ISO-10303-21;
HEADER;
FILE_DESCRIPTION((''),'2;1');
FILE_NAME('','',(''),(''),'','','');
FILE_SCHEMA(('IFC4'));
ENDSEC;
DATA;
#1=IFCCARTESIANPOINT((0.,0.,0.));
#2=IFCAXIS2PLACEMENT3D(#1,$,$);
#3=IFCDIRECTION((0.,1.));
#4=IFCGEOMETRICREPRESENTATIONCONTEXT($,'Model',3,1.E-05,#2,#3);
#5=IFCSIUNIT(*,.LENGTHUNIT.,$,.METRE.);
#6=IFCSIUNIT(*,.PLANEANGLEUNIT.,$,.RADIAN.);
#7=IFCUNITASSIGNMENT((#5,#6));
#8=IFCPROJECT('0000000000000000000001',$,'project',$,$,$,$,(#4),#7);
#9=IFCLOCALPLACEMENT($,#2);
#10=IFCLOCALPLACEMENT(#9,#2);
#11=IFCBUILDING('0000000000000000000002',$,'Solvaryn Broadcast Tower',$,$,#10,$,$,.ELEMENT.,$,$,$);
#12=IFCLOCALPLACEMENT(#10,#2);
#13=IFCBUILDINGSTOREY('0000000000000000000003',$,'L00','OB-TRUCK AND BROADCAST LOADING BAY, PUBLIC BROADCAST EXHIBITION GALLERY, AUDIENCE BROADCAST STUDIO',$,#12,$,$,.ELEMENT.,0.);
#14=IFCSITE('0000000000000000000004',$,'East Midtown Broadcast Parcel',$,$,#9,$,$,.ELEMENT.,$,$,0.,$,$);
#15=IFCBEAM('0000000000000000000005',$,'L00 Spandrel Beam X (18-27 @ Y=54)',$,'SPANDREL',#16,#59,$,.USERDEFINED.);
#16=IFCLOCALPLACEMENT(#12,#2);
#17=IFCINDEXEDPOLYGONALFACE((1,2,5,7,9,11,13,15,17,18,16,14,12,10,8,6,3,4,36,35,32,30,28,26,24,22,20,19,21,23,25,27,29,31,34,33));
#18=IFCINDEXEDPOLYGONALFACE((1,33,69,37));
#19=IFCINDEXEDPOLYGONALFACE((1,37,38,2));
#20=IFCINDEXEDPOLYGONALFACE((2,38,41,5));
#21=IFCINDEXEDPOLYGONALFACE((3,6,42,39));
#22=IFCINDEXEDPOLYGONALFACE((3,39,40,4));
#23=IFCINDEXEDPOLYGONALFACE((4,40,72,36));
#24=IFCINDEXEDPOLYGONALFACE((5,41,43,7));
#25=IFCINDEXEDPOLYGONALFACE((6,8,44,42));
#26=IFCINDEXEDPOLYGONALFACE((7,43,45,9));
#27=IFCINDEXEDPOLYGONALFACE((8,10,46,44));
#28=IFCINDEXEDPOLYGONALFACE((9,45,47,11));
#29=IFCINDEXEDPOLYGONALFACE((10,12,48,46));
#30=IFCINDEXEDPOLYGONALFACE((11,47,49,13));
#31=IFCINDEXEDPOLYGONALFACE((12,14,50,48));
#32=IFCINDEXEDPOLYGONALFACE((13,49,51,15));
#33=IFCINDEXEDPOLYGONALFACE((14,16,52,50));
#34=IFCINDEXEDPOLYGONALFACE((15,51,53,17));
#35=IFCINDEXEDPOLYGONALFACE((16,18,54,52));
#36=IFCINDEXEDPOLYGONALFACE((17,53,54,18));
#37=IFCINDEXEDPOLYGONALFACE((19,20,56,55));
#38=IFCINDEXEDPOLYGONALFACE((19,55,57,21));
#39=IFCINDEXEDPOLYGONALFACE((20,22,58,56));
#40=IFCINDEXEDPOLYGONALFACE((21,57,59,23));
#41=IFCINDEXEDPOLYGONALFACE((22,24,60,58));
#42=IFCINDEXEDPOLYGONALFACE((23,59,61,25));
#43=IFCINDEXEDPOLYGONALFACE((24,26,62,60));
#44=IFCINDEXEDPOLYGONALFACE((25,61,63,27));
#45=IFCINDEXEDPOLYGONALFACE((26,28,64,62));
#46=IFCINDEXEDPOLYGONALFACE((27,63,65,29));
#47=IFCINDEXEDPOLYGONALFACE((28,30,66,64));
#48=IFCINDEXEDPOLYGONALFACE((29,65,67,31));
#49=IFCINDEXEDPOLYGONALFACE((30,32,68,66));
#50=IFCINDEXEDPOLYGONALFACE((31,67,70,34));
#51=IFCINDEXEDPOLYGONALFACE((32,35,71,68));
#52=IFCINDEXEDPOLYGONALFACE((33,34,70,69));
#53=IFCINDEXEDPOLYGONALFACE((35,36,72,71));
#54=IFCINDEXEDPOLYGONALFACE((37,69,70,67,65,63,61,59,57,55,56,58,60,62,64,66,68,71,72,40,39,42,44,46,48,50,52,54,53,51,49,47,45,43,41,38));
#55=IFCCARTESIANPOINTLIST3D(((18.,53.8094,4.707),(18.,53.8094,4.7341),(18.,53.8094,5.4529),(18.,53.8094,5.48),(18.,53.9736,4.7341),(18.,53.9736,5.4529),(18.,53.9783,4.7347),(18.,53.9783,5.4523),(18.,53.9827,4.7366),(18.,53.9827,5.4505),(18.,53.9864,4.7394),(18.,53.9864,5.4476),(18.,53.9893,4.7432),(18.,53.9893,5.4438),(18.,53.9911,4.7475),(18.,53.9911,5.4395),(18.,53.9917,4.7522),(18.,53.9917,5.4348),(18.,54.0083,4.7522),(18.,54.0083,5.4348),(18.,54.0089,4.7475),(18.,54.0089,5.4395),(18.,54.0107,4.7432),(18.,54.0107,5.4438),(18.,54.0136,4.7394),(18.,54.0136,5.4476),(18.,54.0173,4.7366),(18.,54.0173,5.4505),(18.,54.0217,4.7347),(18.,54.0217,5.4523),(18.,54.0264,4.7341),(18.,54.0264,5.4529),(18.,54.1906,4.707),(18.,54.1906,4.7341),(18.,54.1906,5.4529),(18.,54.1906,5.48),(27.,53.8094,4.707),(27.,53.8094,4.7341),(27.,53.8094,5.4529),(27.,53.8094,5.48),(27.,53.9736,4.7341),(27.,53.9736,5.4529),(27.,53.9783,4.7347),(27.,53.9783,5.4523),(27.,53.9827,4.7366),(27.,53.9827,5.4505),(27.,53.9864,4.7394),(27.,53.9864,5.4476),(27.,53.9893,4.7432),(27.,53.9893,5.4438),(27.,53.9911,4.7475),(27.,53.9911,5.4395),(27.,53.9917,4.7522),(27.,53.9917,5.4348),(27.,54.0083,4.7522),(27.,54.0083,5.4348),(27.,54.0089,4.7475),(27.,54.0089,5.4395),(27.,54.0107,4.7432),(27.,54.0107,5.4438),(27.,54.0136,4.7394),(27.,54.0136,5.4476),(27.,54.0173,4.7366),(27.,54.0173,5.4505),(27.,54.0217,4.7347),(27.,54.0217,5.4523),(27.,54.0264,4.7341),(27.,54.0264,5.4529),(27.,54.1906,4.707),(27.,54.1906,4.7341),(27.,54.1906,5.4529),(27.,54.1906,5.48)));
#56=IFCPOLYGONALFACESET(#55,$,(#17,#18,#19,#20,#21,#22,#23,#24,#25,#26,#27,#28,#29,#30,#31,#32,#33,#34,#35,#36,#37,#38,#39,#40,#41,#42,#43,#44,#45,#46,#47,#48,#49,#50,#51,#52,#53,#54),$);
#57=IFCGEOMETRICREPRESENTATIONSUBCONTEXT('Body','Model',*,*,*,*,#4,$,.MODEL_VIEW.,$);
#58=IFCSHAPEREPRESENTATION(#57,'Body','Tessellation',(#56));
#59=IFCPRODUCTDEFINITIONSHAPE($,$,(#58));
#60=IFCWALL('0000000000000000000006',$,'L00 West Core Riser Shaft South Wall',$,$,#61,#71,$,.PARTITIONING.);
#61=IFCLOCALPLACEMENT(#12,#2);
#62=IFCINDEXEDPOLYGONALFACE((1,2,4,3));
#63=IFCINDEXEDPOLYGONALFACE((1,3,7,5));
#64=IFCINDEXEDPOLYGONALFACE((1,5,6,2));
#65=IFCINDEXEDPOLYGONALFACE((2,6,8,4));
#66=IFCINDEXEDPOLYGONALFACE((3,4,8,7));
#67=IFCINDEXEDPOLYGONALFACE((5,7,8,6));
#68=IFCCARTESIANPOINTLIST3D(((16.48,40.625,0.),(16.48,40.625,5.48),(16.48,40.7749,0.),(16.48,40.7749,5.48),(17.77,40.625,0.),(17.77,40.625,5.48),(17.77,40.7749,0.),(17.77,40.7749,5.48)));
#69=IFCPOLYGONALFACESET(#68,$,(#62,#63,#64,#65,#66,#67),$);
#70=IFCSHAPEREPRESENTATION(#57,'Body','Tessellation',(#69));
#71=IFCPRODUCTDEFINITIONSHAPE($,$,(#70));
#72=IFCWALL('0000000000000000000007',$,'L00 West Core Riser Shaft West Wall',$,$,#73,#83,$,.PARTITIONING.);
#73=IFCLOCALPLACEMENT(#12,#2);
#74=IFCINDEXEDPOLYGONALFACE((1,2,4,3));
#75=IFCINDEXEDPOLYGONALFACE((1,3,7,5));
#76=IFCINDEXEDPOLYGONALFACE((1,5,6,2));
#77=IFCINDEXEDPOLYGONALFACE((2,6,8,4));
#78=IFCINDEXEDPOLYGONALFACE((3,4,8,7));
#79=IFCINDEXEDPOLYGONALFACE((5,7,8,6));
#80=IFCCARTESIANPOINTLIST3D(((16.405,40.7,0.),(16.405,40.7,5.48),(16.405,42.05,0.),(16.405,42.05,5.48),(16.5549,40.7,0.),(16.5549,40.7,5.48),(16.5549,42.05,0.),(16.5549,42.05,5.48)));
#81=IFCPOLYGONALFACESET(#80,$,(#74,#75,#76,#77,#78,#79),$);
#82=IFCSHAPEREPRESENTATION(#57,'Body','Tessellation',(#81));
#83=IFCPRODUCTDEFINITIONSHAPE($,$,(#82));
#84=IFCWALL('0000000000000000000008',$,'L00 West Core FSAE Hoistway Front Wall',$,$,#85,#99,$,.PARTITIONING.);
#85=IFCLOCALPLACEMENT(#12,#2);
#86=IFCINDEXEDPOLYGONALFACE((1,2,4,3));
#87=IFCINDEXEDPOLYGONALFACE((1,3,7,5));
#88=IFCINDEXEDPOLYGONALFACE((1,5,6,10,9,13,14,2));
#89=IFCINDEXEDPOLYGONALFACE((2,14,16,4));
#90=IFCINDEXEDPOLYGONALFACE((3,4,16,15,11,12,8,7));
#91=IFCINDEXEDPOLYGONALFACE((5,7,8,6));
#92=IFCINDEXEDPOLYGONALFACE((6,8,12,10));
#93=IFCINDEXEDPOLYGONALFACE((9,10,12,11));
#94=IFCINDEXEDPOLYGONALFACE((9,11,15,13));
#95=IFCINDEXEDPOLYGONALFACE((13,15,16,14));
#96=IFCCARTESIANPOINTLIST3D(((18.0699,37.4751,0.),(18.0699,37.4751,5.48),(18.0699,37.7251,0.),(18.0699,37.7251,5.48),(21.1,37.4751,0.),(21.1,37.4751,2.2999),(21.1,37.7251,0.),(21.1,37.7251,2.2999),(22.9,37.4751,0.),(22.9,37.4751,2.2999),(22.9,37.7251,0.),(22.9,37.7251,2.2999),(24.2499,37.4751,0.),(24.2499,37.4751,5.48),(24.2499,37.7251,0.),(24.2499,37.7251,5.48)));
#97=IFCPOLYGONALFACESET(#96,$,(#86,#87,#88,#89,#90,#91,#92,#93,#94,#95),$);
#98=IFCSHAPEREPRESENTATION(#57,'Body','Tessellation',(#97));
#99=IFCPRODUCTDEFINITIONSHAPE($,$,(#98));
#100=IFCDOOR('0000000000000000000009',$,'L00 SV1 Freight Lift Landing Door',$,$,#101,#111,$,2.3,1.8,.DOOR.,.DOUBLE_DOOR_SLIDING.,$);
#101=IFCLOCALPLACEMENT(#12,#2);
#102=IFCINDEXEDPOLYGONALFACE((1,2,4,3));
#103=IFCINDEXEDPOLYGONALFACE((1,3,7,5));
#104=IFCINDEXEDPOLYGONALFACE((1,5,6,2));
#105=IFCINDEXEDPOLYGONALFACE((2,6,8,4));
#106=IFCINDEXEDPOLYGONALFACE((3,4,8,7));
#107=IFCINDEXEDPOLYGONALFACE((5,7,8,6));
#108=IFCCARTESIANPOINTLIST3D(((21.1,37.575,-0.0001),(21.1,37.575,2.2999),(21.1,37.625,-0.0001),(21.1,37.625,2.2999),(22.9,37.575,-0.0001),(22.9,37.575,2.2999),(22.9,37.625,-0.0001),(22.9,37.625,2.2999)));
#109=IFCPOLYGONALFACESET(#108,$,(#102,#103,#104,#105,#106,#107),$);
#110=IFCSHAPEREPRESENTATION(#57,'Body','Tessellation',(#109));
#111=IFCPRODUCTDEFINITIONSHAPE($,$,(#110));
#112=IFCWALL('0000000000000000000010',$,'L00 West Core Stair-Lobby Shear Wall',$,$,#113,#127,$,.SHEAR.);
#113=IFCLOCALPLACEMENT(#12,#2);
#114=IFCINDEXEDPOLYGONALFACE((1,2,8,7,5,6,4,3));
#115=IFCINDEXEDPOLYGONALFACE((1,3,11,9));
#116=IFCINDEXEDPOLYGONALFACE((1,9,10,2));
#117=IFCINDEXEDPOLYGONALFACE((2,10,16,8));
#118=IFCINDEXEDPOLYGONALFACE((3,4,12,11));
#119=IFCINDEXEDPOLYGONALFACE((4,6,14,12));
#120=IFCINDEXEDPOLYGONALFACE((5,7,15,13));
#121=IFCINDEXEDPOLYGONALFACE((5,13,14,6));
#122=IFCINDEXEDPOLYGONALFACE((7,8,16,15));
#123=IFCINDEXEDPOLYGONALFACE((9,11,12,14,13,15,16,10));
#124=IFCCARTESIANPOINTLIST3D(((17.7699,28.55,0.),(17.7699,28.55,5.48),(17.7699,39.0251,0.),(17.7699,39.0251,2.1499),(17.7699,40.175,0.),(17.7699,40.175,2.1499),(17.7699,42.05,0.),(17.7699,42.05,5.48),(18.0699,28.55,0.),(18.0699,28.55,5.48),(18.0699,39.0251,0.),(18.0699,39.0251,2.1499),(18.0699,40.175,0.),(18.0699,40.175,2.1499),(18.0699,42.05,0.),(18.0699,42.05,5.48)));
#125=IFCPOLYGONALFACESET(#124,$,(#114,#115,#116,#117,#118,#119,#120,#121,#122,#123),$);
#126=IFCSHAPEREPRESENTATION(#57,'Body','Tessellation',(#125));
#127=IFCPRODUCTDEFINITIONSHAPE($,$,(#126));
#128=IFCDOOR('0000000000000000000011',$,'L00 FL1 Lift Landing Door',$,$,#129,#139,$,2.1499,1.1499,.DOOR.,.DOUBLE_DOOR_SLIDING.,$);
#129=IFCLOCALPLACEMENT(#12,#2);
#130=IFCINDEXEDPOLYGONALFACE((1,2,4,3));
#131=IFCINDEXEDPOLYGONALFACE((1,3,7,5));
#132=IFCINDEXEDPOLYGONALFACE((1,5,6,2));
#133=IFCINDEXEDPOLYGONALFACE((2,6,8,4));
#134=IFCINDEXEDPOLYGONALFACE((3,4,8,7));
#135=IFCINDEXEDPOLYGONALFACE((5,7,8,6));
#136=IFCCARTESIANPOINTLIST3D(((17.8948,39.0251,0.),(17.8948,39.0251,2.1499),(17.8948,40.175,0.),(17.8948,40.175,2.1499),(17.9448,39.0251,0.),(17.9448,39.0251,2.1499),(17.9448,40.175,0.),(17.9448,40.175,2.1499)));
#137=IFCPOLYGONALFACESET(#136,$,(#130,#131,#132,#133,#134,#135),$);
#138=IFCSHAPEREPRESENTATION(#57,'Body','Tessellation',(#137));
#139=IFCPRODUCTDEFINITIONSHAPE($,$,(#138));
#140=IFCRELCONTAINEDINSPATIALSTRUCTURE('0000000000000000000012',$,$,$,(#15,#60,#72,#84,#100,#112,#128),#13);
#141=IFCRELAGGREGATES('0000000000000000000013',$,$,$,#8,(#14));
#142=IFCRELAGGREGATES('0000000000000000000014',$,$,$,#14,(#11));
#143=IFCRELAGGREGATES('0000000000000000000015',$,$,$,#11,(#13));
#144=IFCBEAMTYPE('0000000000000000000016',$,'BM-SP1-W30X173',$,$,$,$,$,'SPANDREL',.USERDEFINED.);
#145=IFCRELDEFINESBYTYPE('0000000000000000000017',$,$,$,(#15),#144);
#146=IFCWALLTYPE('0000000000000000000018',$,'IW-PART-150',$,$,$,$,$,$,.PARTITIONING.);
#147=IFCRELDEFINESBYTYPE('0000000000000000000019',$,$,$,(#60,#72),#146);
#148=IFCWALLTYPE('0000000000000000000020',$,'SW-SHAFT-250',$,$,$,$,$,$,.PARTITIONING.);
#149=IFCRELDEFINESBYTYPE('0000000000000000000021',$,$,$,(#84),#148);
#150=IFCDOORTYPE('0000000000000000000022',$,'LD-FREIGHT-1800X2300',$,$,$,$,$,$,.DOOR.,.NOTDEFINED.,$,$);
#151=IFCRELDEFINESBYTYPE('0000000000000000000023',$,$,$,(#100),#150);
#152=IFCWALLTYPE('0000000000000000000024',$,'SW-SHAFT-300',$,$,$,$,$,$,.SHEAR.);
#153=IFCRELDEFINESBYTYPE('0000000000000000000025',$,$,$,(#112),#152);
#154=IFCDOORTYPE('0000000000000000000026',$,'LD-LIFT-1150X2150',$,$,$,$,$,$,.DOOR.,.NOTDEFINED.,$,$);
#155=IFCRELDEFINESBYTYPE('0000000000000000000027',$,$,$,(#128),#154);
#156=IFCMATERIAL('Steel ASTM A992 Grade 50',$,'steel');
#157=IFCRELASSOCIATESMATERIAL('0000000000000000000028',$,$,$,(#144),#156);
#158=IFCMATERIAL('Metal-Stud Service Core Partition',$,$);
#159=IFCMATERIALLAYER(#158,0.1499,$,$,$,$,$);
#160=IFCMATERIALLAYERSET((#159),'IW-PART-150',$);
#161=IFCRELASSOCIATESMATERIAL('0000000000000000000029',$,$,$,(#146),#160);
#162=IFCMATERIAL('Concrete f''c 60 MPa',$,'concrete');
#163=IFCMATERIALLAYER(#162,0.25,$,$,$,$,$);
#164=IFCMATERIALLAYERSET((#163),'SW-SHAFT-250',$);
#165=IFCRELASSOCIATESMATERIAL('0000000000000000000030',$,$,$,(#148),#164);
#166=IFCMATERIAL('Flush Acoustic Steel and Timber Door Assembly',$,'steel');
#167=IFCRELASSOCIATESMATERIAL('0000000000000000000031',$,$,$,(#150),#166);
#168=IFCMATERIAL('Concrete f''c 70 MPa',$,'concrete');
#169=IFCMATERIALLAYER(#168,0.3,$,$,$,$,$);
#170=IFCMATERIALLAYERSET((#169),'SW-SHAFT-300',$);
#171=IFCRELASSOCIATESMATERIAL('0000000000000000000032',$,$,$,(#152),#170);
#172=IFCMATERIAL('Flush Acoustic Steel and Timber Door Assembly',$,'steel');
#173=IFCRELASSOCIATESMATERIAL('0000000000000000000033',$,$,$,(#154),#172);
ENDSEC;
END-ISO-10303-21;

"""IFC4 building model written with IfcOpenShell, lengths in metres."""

from ifc_helpers import new_model, si_unit, direction, frame, frame_2d, origin, origin_2d, place, context, subcontext, project, spatial, rectangle, i_section, extrude, material, layer, layer_set, material_profile, profile_set, type_object, element, fill, save


model = new_model("IFC4")

# Units and contexts
model_context = context("Model", 3, precision=1e-05, world=origin(), true_north=direction((0.0, 1.0)))
body_context = subcontext(model_context, "Body", "Model", "MODEL_VIEW")
ifc_project = project(units=[si_unit("LENGTHUNIT", "METRE"), si_unit("PLANEANGLEUNIT", "RADIAN")], contexts=[model_context])

# Site, building, storey
site_placement = place(None, origin())
site = spatial("IfcSite", under=ifc_project, at=site_placement, Name="East Midtown Broadcast Parcel", CompositionType="ELEMENT", RefElevation=0.0)
building_placement = place(site_placement, origin())
building = spatial("IfcBuilding", under=site, at=building_placement, Name="Solvaryn Broadcast Tower", CompositionType="ELEMENT")
storey_placement = place(building_placement, origin())
storey = spatial("IfcBuildingStorey", under=building, at=storey_placement, Name="L00", Description="OB-TRUCK AND BROADCAST LOADING BAY, PUBLIC BROADCAST EXHIBITION GALLERY, AUDIENCE BROADCAST STUDIO", CompositionType="ELEMENT", Elevation=0.0)

# Beam
ifc_material_1 = material(Name="Steel ASTM A992 Grade 50", Category="steel")
ifc_material_profile_1 = material_profile(ifc_material_1, i_section(OverallWidth=0.3811, OverallDepth=0.7729, WebThickness=0.0166, FlangeThickness=0.0271, FilletRadius=0.0181, at=origin_2d()))
ifc_profile_set_1 = profile_set([ifc_material_profile_1], Name="Steel ASTM A992 Grade 50")
beam_type_1 = type_object("IfcBeamType", Name="BM-SP1-W30X173", ElementType="SPANDREL", PredefinedType="USERDEFINED", material=ifc_profile_set_1)
beam_1_placement = place(storey_placement, frame((18.0, 54.0, 5.0935), z_axis=(1.0, 0.0, 0.0), x_axis=(0.0, 1.0, 0.0)))
element("IfcBeam", 1, at=beam_1_placement, inside=storey, type_object=beam_type_1, Name="L00 Spandrel Beam X (18-27 @ Y=54)", ObjectType="SPANDREL", PredefinedType="USERDEFINED", context=body_context, shape_type="SweptSolid", body=[
    extrude(i_section(OverallWidth=0.3811, OverallDepth=0.7729, WebThickness=0.0166, FlangeThickness=0.0271, FilletRadius=0.0181, at=origin_2d()), origin(), (0.0, 0.0, 1.0), 9.0),
])

# Walls
ifc_material_2 = material(Name="Metal-Stud Service Core Partition")
ifc_layer_1 = layer(ifc_material_2, 0.1499)
ifc_layer_set_1 = layer_set([ifc_layer_1], Name="IW-PART-150")
wall_type_1 = type_object("IfcWallType", Name="IW-PART-150", PredefinedType="PARTITIONING", material=ifc_layer_set_1)
wall_1_placement = place(storey_placement, frame((16.48, 40.7, 0.0), z_axis=(0.0, 0.0, 1.0), x_axis=(1.0, 0.0, 0.0)))
element("IfcWall", 2, at=wall_1_placement, inside=storey, type_object=wall_type_1, Name="L00 West Core Riser Shaft South Wall", PredefinedType="PARTITIONING", context=body_context, shape_type="SweptSolid", body=[
    extrude(rectangle(XDim=1.29, YDim=0.1499, at=frame_2d((0.645, 0.0))), origin(), (0.0, 0.0, 1.0), 5.48),
])
wall_2_placement = place(storey_placement, frame((16.48, 40.7, 0.0), z_axis=(0.0, 0.0, 1.0), x_axis=(0.0, 1.0, 0.0)))
element("IfcWall", 3, at=wall_2_placement, inside=storey, type_object=wall_type_1, Name="L00 West Core Riser Shaft West Wall", PredefinedType="PARTITIONING", context=body_context, shape_type="SweptSolid", body=[
    extrude(rectangle(XDim=1.3501, YDim=0.1499, at=frame_2d((0.675, 0.0))), origin(), (0.0, 0.0, 1.0), 5.48),
])

# Walls, openings, doors
ifc_material_3 = material(Name="Concrete f'c 60 MPa", Category="concrete")
ifc_layer_2 = layer(ifc_material_3, 0.25)
ifc_layer_set_2 = layer_set([ifc_layer_2], Name="SW-SHAFT-250")
wall_type_2 = type_object("IfcWallType", Name="SW-SHAFT-250", PredefinedType="PARTITIONING", material=ifc_layer_set_2)
wall_3_placement = place(storey_placement, frame((18.0701, 37.6001, 0.0), z_axis=(0.0, 0.0, 1.0), x_axis=(1.0, 0.0, 0.0)))
wall_3 = element("IfcWall", 4, at=wall_3_placement, inside=storey, type_object=wall_type_2, Name="L00 West Core FSAE Hoistway Front Wall", PredefinedType="PARTITIONING", context=body_context, shape_type="SweptSolid", body=[
    extrude(rectangle(XDim=6.1799, YDim=0.25, at=frame_2d((3.0898, 0.0))), origin(), (0.0, 0.0, 1.0), 5.48),
])
opening_1_placement = place(wall_3_placement, frame((3.03, 0.0, 0.0)))
opening_1 = element("IfcOpeningElement", 5, at=opening_1_placement, cuts=wall_3, PredefinedType="OPENING", context=body_context, shape_type="SweptSolid", body=[
    extrude(rectangle(XDim=1.8, YDim=2.3, at=frame_2d((0.8999, 1.1499))), frame((0.0, 0.135, 0.0), z_axis=(0.0, -1.0, 0.0), x_axis=(1.0, 0.0, 0.0)), (0.0, 0.0, 1.0), 0.27),
])
ifc_material_4 = material(Name="Flush Acoustic Steel and Timber Door Assembly", Category="steel")
door_type_1 = type_object("IfcDoorType", Name="LD-FREIGHT-1800X2300", OperationType="NOTDEFINED", PredefinedType="DOOR", material=ifc_material_4)
door_1_placement = place(opening_1_placement, origin())
door_1 = element("IfcDoor", 6, at=door_1_placement, inside=storey, type_object=door_type_1, Name="L00 SV1 Freight Lift Landing Door", OperationType="DOUBLE_DOOR_SLIDING", OverallHeight=2.3, OverallWidth=1.8, PredefinedType="DOOR", context=body_context, shape_type="SweptSolid", body=[
    extrude(rectangle(XDim=1.8, YDim=2.3, at=frame_2d((0.8999, 1.1499))), frame((0.0, 0.0249, 0.0), z_axis=(0.0, -1.0, 0.0), x_axis=(1.0, 0.0, 0.0)), (0.0, 0.0, 1.0), 0.05),
])
fill(opening_1, door_1)
ifc_material_5 = material(Name="Concrete f'c 70 MPa", Category="concrete")
ifc_layer_3 = layer(ifc_material_5, 0.3)
ifc_layer_set_3 = layer_set([ifc_layer_3], Name="SW-SHAFT-300")
wall_type_3 = type_object("IfcWallType", Name="SW-SHAFT-300", PredefinedType="SHEAR", material=ifc_layer_set_3)
wall_4_placement = place(storey_placement, frame((17.9199, 42.05, 0.0), z_axis=(0.0, 0.0, 1.0), x_axis=(0.0, -1.0, 0.0)))
wall_4 = element("IfcWall", 7, at=wall_4_placement, inside=storey, type_object=wall_type_3, Name="L00 West Core Stair-Lobby Shear Wall", PredefinedType="SHEAR", context=body_context, shape_type="SweptSolid", body=[
    extrude(rectangle(XDim=13.5, YDim=0.3, at=frame_2d((6.75, 0.0))), origin(), (0.0, 0.0, 1.0), 5.48),
])
opening_2_placement = place(wall_4_placement, frame((1.875, 0.0, 0.0)))
opening_2 = element("IfcOpeningElement", 8, at=opening_2_placement, cuts=wall_4, PredefinedType="OPENING", context=body_context, shape_type="SweptSolid", body=[
    extrude(rectangle(XDim=1.1499, YDim=2.1499, at=frame_2d((0.575, 1.075))), frame((0.0, 0.1599, 0.0), z_axis=(0.0, -1.0, 0.0), x_axis=(1.0, 0.0, 0.0)), (0.0, 0.0, 1.0), 0.3201),
])
ifc_material_6 = material(Name="Flush Acoustic Steel and Timber Door Assembly", Category="steel")
door_type_2 = type_object("IfcDoorType", Name="LD-LIFT-1150X2150", OperationType="NOTDEFINED", PredefinedType="DOOR", material=ifc_material_6)
door_2_placement = place(opening_2_placement, origin())
door_2 = element("IfcDoor", 9, at=door_2_placement, inside=storey, type_object=door_type_2, Name="L00 FL1 Lift Landing Door", OperationType="DOUBLE_DOOR_SLIDING", OverallHeight=2.1499, OverallWidth=1.1499, PredefinedType="DOOR", context=body_context, shape_type="SweptSolid", body=[
    extrude(rectangle(XDim=1.1499, YDim=2.1499, at=frame_2d((0.575, 1.075))), frame((0.0, 0.0249, 0.0), z_axis=(0.0, -1.0, 0.0), x_axis=(1.0, 0.0, 0.0)), (0.0, 0.0, 1.0), 0.05),
])
fill(opening_2, door_2)

save(model, "model.ifc")
